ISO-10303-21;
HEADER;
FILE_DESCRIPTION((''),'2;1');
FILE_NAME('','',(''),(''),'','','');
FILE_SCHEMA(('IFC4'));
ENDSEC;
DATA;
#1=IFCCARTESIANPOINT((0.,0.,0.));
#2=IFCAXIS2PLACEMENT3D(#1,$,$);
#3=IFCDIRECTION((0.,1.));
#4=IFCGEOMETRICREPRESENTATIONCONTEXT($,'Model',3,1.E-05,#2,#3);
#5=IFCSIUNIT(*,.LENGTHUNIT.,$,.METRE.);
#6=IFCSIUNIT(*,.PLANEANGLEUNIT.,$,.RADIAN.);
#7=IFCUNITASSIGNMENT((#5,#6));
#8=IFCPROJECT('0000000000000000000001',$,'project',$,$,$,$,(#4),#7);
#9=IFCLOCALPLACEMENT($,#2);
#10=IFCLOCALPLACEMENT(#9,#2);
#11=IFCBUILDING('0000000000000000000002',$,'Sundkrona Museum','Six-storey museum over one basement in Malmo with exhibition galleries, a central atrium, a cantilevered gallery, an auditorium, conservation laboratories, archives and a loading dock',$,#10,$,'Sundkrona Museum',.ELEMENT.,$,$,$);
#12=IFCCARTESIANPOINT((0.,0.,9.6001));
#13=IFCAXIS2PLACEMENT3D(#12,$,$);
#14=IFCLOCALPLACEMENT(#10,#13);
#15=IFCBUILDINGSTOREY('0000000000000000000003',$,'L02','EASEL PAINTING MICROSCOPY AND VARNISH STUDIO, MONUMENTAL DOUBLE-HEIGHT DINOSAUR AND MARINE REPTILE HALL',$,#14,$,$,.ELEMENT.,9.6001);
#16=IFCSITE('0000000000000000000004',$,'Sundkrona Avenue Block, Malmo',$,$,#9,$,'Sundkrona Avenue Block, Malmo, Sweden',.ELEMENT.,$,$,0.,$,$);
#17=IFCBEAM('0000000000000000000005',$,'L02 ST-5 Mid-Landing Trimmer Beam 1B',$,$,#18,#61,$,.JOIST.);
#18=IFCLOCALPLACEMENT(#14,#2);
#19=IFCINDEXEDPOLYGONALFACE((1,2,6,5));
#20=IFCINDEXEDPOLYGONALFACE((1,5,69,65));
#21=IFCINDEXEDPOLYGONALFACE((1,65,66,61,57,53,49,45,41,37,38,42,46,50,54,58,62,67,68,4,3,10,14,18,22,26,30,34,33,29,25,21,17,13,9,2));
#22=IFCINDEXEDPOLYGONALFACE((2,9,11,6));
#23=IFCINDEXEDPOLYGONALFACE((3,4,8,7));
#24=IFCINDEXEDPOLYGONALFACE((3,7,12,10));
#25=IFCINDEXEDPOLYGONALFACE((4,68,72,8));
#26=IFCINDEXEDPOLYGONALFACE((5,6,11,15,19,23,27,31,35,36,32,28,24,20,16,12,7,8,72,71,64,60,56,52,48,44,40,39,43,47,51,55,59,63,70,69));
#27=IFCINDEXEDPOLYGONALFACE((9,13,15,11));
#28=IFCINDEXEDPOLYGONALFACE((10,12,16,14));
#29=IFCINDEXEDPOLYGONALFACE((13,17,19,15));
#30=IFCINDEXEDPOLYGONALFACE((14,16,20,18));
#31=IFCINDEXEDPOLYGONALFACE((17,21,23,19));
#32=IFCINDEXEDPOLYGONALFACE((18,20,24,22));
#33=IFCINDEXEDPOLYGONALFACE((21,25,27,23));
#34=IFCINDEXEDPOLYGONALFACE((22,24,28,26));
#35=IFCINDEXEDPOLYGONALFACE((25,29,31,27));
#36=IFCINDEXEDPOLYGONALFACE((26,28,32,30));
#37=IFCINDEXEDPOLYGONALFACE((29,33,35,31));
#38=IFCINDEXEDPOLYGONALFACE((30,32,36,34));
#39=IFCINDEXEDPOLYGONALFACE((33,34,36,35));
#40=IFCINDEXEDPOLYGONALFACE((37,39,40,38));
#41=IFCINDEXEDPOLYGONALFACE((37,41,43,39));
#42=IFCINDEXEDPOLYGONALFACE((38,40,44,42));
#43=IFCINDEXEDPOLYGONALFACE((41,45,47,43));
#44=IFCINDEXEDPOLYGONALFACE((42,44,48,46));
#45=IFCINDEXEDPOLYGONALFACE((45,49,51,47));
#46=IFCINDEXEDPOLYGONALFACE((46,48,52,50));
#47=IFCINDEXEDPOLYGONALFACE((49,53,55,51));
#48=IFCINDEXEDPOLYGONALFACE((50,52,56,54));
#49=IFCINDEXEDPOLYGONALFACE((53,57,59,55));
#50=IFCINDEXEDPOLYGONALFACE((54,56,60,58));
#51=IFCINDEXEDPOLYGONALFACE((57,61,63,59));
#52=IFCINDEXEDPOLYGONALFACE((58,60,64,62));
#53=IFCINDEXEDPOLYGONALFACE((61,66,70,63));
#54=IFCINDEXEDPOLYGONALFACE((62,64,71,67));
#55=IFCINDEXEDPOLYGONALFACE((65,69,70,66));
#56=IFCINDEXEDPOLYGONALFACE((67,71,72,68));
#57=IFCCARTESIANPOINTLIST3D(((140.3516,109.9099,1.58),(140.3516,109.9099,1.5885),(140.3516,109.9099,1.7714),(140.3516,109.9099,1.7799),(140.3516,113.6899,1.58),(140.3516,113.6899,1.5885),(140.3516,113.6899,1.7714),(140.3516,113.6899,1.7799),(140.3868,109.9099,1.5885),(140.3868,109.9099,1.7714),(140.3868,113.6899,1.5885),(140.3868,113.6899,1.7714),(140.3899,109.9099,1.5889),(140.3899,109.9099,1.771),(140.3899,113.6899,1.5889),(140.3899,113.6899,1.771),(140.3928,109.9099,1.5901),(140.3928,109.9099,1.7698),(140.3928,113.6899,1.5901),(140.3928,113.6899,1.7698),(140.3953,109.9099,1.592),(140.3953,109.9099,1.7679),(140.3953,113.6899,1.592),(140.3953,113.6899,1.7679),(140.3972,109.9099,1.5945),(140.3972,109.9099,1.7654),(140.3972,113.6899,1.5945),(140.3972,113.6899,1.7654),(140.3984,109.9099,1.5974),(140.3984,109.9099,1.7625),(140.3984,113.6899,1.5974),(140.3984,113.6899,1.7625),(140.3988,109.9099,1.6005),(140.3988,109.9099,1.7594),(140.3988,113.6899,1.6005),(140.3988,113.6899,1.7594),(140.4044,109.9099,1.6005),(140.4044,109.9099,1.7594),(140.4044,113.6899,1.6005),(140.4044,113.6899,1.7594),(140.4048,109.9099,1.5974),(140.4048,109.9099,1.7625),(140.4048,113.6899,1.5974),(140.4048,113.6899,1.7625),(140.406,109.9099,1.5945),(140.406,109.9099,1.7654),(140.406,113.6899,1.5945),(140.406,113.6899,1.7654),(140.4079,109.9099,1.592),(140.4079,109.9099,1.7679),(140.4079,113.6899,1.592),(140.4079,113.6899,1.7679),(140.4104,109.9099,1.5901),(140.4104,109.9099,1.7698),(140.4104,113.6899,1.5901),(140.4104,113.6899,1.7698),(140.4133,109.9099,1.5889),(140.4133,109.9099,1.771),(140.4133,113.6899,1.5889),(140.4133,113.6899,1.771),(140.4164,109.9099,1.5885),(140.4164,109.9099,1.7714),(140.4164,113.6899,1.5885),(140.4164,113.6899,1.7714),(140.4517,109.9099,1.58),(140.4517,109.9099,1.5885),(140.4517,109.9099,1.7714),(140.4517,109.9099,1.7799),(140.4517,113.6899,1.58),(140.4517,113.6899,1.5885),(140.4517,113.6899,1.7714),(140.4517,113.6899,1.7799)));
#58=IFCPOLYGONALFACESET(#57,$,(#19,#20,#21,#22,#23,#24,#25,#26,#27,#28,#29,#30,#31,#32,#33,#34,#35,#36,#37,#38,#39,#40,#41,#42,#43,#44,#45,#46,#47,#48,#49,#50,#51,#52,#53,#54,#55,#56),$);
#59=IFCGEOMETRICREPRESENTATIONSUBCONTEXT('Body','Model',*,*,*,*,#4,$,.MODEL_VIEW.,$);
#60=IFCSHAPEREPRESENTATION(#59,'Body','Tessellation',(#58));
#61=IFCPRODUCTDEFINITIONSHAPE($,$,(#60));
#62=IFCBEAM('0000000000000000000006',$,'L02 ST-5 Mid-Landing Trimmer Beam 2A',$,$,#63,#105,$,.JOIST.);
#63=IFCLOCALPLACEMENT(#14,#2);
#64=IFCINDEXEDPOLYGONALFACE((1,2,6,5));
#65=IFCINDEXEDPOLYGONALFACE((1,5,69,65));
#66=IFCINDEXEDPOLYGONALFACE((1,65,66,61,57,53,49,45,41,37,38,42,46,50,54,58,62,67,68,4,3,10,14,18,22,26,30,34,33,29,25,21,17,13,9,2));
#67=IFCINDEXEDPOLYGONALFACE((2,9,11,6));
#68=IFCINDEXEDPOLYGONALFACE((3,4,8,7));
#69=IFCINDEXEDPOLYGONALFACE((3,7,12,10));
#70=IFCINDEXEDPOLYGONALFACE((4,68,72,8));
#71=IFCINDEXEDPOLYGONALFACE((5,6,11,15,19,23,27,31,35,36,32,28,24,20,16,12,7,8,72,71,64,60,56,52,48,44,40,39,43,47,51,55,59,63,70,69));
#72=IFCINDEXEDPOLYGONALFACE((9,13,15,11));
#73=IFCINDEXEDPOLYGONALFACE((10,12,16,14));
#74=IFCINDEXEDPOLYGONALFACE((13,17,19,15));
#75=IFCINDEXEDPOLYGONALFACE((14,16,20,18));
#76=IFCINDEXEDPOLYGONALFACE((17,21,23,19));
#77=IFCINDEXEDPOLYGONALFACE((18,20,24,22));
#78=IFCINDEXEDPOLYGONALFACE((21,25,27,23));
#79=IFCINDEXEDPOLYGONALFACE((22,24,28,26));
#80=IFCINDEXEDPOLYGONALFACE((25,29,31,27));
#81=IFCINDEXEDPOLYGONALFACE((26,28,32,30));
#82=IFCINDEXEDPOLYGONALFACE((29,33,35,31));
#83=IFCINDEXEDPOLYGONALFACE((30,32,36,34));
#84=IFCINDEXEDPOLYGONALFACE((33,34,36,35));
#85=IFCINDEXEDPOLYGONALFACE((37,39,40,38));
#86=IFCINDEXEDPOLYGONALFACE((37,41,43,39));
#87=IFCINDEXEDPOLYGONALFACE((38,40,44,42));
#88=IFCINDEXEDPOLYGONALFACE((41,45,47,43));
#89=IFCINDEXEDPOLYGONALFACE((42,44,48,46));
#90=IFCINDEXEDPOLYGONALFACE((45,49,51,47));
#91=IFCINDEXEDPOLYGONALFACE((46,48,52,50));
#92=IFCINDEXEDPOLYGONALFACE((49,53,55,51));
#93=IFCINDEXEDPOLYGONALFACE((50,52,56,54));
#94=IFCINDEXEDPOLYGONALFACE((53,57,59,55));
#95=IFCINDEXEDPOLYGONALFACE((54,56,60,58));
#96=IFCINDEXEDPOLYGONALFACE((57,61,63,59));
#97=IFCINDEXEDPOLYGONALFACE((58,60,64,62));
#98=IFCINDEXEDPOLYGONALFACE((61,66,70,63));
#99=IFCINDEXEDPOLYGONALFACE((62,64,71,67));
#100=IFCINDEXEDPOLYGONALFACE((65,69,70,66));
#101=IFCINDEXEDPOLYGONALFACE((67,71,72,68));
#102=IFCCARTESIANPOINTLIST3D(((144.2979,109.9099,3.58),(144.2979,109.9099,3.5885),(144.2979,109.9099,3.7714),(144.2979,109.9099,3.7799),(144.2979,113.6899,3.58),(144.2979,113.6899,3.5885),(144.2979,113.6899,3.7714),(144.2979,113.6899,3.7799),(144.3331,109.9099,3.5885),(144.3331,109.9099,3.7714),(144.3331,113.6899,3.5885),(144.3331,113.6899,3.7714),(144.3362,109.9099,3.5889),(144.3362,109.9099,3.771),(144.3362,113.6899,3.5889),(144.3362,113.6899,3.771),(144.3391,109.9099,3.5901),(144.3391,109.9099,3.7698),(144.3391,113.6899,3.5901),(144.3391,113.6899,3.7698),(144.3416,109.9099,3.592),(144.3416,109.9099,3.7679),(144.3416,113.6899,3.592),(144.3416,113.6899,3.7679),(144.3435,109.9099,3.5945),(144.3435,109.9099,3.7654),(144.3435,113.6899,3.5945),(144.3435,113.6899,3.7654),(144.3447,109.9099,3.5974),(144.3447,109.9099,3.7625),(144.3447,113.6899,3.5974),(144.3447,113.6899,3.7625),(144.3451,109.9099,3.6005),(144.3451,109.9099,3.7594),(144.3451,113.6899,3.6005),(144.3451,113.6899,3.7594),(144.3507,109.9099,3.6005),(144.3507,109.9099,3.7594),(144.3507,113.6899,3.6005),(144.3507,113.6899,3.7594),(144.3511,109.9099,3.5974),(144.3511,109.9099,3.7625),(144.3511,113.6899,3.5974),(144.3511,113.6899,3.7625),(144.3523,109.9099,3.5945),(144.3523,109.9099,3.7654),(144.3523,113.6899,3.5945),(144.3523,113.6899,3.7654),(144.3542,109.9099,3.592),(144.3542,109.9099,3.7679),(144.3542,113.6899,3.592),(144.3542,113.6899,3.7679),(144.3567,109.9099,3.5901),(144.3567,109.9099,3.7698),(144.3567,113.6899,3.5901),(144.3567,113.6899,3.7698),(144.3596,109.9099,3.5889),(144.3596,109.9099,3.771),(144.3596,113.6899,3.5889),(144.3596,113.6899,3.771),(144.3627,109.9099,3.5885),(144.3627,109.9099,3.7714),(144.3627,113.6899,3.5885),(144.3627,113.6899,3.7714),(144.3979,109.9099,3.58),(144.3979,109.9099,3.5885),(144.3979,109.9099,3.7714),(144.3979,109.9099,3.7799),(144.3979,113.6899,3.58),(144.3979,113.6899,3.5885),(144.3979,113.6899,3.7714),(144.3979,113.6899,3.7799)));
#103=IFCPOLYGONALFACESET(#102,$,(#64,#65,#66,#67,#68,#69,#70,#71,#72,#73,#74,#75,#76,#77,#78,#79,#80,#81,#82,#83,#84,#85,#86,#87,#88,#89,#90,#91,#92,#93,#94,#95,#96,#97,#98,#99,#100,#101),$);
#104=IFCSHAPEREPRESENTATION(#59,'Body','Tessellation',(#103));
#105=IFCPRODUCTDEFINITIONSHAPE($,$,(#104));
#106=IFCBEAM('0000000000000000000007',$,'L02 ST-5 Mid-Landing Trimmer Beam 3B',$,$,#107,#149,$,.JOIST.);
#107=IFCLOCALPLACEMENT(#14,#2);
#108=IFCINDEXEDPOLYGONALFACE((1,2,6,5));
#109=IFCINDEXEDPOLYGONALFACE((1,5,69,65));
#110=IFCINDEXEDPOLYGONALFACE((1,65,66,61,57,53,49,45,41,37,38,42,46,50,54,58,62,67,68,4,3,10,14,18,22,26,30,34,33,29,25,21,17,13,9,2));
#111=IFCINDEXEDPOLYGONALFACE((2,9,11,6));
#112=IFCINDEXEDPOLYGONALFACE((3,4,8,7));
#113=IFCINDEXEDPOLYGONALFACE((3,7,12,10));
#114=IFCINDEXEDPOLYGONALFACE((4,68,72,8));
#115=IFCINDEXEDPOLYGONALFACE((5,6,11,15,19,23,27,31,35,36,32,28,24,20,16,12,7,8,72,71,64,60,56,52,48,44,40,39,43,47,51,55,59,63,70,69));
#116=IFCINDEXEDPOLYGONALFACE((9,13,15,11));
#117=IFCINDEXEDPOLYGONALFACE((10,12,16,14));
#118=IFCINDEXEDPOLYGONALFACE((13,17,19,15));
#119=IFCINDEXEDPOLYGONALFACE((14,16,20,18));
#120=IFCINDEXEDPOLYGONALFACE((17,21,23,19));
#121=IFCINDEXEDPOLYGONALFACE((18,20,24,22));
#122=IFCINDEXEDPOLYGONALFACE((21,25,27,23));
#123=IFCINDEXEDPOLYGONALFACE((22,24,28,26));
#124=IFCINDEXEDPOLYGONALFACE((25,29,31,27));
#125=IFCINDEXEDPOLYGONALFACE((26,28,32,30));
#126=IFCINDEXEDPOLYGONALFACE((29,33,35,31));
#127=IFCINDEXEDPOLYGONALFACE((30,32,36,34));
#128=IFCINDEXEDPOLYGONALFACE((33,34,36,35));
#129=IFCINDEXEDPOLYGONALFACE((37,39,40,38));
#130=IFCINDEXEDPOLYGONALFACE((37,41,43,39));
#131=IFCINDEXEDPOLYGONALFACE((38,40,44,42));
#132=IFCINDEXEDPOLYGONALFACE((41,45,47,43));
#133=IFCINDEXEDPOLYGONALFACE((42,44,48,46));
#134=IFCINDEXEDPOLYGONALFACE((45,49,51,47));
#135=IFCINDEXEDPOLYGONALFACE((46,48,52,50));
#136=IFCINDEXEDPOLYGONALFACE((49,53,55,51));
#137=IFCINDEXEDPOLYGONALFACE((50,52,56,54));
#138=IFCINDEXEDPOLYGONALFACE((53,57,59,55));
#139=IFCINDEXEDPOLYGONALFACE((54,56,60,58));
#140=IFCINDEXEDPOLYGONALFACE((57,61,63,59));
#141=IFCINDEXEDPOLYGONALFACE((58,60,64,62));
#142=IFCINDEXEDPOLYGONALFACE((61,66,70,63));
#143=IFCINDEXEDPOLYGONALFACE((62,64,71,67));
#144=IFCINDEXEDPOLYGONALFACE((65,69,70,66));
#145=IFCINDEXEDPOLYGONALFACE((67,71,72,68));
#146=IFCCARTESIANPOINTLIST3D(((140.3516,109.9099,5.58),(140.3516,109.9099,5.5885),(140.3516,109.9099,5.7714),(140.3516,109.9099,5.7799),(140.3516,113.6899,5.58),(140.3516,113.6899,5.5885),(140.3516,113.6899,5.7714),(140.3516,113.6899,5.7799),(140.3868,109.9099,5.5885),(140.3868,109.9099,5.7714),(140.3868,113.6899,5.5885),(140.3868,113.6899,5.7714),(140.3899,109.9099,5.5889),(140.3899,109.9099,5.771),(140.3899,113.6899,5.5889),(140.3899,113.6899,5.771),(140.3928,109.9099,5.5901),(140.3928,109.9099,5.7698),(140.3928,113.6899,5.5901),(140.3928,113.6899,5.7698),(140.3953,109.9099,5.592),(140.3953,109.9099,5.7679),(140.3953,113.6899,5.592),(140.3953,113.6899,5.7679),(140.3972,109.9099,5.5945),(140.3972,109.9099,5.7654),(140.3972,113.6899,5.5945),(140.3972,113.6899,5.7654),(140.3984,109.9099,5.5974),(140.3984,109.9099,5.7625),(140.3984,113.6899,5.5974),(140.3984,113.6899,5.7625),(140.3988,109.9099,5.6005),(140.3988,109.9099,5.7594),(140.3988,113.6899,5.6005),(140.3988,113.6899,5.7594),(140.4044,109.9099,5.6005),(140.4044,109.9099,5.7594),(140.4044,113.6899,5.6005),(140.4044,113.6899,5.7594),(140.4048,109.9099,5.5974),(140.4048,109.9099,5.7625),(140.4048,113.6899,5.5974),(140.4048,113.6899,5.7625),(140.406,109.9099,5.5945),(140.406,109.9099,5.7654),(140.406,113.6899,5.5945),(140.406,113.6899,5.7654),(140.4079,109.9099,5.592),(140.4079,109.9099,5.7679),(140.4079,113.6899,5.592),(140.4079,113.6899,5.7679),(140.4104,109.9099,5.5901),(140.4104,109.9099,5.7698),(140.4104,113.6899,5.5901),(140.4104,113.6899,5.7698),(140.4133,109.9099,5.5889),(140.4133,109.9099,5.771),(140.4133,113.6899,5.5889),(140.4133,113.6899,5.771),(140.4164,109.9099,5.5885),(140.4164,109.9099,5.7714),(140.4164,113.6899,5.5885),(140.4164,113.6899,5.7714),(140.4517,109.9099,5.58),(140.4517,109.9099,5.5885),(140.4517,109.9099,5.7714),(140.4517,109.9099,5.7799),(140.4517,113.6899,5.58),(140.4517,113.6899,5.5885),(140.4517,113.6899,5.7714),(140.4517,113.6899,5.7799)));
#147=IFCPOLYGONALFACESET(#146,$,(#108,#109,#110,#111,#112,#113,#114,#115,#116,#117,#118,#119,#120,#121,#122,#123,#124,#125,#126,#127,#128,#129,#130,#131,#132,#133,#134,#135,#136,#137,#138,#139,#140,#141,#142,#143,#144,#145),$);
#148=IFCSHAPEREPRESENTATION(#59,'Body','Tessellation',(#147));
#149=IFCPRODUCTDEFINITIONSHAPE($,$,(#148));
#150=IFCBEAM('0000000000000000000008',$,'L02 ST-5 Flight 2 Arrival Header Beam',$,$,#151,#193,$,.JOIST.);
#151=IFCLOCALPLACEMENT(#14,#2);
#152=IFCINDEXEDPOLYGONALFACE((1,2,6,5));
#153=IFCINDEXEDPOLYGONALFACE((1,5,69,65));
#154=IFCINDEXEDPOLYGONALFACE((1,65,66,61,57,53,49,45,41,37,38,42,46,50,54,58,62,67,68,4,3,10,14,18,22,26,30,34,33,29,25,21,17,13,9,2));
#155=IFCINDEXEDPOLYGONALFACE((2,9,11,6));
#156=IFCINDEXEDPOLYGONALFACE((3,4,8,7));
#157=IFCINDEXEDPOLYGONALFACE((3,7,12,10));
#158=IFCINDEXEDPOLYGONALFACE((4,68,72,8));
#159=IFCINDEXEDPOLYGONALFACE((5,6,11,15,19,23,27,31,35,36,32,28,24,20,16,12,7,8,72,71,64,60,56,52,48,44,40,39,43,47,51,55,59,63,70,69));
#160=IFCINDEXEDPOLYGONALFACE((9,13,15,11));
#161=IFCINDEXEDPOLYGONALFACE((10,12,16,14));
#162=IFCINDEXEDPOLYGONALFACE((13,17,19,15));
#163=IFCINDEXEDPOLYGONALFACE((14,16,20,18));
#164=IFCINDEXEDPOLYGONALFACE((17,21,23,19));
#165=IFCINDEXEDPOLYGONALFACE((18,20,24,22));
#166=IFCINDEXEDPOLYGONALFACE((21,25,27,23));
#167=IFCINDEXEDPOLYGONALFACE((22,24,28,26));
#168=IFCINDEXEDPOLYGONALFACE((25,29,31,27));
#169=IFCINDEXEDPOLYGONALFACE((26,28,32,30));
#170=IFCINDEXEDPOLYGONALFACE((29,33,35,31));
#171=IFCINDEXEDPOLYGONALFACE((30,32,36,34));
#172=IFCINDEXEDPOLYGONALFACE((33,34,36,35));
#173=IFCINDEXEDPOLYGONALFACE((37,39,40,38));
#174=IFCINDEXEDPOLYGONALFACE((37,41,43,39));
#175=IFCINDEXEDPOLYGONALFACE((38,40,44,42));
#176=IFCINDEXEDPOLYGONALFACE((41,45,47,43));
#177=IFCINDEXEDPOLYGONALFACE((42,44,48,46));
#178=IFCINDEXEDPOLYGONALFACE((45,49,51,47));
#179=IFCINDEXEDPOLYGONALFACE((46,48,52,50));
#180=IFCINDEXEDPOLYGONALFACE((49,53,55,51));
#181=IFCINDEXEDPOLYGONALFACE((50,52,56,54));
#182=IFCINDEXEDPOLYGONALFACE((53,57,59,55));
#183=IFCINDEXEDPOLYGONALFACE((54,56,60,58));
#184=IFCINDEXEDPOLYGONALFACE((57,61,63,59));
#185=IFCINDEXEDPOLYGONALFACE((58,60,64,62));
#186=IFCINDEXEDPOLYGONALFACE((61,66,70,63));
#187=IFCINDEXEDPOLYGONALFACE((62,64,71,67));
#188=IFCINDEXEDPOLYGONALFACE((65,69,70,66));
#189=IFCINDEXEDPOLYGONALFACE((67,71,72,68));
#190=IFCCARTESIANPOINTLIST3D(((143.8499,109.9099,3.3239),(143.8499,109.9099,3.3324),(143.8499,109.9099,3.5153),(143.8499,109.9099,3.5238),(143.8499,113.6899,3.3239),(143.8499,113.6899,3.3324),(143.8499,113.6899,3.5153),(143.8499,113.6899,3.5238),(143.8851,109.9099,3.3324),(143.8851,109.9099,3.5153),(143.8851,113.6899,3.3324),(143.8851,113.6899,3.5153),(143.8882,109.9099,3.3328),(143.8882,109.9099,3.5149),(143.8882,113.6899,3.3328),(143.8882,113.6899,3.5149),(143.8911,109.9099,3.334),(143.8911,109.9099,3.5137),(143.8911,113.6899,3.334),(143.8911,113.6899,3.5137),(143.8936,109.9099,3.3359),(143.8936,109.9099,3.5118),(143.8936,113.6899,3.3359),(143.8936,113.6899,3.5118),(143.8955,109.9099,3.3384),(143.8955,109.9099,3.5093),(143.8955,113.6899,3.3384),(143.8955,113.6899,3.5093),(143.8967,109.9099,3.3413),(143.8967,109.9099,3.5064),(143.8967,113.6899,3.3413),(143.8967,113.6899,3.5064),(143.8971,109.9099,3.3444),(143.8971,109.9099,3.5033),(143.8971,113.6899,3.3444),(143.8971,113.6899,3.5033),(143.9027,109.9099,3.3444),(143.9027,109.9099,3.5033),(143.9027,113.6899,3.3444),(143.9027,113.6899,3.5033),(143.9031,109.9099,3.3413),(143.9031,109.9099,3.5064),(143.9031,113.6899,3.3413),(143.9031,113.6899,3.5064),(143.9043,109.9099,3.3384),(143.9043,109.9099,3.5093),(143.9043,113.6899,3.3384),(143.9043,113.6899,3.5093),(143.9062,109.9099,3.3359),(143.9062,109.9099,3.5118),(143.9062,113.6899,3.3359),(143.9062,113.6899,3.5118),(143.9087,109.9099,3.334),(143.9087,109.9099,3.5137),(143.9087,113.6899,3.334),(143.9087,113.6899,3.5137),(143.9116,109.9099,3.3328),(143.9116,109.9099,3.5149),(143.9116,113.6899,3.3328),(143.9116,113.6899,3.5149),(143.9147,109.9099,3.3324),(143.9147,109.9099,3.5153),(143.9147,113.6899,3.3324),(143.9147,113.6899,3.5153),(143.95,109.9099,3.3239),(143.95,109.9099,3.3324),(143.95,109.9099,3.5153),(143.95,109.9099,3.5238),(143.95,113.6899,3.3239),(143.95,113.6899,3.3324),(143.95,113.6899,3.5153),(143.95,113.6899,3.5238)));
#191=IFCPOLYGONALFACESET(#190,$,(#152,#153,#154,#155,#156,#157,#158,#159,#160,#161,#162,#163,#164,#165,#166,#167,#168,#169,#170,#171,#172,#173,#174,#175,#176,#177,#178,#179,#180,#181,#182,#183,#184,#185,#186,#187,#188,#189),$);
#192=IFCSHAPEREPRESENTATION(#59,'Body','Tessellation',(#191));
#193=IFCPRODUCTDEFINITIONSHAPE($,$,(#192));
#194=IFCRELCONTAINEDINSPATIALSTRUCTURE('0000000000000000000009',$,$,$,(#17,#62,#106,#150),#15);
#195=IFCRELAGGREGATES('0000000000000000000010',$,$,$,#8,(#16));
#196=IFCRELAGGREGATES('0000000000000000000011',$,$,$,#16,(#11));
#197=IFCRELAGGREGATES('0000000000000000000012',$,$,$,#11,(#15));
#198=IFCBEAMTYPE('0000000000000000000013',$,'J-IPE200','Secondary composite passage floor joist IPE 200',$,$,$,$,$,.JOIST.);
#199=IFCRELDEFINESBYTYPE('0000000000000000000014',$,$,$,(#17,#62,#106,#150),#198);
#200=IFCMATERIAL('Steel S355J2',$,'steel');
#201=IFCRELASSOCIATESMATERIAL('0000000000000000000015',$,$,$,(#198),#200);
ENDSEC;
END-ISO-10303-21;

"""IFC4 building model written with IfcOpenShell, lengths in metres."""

from ifc_helpers import new_model, si_unit, direction, frame, origin, origin_2d, place, context, subcontext, project, spatial, i_section, extrude, material, material_profile, profile_set, type_object, element, save


model = new_model("IFC4")

# Units and contexts
model_context = context("Model", 3, precision=1e-05, world=origin(), true_north=direction((0.0, 1.0)))
body_context = subcontext(model_context, "Body", "Model", "MODEL_VIEW")
ifc_project = project(units=[si_unit("LENGTHUNIT", "METRE"), si_unit("PLANEANGLEUNIT", "RADIAN")], contexts=[model_context])

# Site, building, storey
site_placement = place(None, origin())
site = spatial("IfcSite", under=ifc_project, at=site_placement, Name="Sundkrona Avenue Block, Malmo", LongName="Sundkrona Avenue Block, Malmo, Sweden", CompositionType="ELEMENT", RefElevation=0.0)
building_placement = place(site_placement, origin())
building = spatial("IfcBuilding", under=site, at=building_placement, Name="Sundkrona Museum", Description="Six-storey museum over one basement in Malmo with exhibition galleries, a central atrium, a cantilevered gallery, an auditorium, conservation laboratories, archives and a loading dock", LongName="Sundkrona Museum", CompositionType="ELEMENT")
storey_placement = place(building_placement, frame((0.0, 0.0, 9.6001)))
storey = spatial("IfcBuildingStorey", under=building, at=storey_placement, Name="L02", Description="EASEL PAINTING MICROSCOPY AND VARNISH STUDIO, MONUMENTAL DOUBLE-HEIGHT DINOSAUR AND MARINE REPTILE HALL", CompositionType="ELEMENT", Elevation=9.6001)

# Shared definitions
ifc_material_1 = material(Name="Steel S355J2", Category="steel")

# Beams
ifc_material_profile_1 = material_profile(ifc_material_1, i_section(OverallWidth=0.1001, OverallDepth=0.2, WebThickness=0.0056, FlangeThickness=0.0085, FilletRadius=0.012, at=origin_2d()), Name="IPE 200")
ifc_profile_set_1 = profile_set([ifc_material_profile_1], Name="Steel S355J2")
beam_type_1 = type_object("IfcBeamType", Name="J-IPE200", Description="Secondary composite passage floor joist IPE 200", PredefinedType="JOIST", material=ifc_profile_set_1)
for number, where, z_axis, x_axis, name in (
    (1, (140.4016, 109.9099, 1.6799), (0.0, 1.0, 0.0), (-1.0, 0.0, 0.0), "L02 ST-5 Mid-Landing Trimmer Beam 1B"),
    (2, (144.3479, 109.9099, 3.6799), (0.0, 1.0, 0.0), (-1.0, 0.0, 0.0), "L02 ST-5 Mid-Landing Trimmer Beam 2A"),
    (3, (140.4016, 109.9099, 5.6799), (0.0, 1.0, 0.0), (-1.0, 0.0, 0.0), "L02 ST-5 Mid-Landing Trimmer Beam 3B"),
    (4, (143.8999, 109.9099, 3.4238), (0.0, 1.0, 0.0), (-1.0, 0.0, 0.0), "L02 ST-5 Flight 2 Arrival Header Beam"),
):
    element("IfcBeam", number, at=place(storey_placement, frame(where, z_axis=z_axis, x_axis=x_axis)), inside=storey, type_object=beam_type_1, Name=name, PredefinedType="JOIST", context=body_context, shape_type="SweptSolid", body=[
        extrude(i_section(OverallWidth=0.1001, OverallDepth=0.2, WebThickness=0.0056, FlangeThickness=0.0085, FilletRadius=0.012, at=origin_2d()), origin(), (0.0, 0.0, 1.0), 3.78),
    ])

save(model, "model.ifc")
